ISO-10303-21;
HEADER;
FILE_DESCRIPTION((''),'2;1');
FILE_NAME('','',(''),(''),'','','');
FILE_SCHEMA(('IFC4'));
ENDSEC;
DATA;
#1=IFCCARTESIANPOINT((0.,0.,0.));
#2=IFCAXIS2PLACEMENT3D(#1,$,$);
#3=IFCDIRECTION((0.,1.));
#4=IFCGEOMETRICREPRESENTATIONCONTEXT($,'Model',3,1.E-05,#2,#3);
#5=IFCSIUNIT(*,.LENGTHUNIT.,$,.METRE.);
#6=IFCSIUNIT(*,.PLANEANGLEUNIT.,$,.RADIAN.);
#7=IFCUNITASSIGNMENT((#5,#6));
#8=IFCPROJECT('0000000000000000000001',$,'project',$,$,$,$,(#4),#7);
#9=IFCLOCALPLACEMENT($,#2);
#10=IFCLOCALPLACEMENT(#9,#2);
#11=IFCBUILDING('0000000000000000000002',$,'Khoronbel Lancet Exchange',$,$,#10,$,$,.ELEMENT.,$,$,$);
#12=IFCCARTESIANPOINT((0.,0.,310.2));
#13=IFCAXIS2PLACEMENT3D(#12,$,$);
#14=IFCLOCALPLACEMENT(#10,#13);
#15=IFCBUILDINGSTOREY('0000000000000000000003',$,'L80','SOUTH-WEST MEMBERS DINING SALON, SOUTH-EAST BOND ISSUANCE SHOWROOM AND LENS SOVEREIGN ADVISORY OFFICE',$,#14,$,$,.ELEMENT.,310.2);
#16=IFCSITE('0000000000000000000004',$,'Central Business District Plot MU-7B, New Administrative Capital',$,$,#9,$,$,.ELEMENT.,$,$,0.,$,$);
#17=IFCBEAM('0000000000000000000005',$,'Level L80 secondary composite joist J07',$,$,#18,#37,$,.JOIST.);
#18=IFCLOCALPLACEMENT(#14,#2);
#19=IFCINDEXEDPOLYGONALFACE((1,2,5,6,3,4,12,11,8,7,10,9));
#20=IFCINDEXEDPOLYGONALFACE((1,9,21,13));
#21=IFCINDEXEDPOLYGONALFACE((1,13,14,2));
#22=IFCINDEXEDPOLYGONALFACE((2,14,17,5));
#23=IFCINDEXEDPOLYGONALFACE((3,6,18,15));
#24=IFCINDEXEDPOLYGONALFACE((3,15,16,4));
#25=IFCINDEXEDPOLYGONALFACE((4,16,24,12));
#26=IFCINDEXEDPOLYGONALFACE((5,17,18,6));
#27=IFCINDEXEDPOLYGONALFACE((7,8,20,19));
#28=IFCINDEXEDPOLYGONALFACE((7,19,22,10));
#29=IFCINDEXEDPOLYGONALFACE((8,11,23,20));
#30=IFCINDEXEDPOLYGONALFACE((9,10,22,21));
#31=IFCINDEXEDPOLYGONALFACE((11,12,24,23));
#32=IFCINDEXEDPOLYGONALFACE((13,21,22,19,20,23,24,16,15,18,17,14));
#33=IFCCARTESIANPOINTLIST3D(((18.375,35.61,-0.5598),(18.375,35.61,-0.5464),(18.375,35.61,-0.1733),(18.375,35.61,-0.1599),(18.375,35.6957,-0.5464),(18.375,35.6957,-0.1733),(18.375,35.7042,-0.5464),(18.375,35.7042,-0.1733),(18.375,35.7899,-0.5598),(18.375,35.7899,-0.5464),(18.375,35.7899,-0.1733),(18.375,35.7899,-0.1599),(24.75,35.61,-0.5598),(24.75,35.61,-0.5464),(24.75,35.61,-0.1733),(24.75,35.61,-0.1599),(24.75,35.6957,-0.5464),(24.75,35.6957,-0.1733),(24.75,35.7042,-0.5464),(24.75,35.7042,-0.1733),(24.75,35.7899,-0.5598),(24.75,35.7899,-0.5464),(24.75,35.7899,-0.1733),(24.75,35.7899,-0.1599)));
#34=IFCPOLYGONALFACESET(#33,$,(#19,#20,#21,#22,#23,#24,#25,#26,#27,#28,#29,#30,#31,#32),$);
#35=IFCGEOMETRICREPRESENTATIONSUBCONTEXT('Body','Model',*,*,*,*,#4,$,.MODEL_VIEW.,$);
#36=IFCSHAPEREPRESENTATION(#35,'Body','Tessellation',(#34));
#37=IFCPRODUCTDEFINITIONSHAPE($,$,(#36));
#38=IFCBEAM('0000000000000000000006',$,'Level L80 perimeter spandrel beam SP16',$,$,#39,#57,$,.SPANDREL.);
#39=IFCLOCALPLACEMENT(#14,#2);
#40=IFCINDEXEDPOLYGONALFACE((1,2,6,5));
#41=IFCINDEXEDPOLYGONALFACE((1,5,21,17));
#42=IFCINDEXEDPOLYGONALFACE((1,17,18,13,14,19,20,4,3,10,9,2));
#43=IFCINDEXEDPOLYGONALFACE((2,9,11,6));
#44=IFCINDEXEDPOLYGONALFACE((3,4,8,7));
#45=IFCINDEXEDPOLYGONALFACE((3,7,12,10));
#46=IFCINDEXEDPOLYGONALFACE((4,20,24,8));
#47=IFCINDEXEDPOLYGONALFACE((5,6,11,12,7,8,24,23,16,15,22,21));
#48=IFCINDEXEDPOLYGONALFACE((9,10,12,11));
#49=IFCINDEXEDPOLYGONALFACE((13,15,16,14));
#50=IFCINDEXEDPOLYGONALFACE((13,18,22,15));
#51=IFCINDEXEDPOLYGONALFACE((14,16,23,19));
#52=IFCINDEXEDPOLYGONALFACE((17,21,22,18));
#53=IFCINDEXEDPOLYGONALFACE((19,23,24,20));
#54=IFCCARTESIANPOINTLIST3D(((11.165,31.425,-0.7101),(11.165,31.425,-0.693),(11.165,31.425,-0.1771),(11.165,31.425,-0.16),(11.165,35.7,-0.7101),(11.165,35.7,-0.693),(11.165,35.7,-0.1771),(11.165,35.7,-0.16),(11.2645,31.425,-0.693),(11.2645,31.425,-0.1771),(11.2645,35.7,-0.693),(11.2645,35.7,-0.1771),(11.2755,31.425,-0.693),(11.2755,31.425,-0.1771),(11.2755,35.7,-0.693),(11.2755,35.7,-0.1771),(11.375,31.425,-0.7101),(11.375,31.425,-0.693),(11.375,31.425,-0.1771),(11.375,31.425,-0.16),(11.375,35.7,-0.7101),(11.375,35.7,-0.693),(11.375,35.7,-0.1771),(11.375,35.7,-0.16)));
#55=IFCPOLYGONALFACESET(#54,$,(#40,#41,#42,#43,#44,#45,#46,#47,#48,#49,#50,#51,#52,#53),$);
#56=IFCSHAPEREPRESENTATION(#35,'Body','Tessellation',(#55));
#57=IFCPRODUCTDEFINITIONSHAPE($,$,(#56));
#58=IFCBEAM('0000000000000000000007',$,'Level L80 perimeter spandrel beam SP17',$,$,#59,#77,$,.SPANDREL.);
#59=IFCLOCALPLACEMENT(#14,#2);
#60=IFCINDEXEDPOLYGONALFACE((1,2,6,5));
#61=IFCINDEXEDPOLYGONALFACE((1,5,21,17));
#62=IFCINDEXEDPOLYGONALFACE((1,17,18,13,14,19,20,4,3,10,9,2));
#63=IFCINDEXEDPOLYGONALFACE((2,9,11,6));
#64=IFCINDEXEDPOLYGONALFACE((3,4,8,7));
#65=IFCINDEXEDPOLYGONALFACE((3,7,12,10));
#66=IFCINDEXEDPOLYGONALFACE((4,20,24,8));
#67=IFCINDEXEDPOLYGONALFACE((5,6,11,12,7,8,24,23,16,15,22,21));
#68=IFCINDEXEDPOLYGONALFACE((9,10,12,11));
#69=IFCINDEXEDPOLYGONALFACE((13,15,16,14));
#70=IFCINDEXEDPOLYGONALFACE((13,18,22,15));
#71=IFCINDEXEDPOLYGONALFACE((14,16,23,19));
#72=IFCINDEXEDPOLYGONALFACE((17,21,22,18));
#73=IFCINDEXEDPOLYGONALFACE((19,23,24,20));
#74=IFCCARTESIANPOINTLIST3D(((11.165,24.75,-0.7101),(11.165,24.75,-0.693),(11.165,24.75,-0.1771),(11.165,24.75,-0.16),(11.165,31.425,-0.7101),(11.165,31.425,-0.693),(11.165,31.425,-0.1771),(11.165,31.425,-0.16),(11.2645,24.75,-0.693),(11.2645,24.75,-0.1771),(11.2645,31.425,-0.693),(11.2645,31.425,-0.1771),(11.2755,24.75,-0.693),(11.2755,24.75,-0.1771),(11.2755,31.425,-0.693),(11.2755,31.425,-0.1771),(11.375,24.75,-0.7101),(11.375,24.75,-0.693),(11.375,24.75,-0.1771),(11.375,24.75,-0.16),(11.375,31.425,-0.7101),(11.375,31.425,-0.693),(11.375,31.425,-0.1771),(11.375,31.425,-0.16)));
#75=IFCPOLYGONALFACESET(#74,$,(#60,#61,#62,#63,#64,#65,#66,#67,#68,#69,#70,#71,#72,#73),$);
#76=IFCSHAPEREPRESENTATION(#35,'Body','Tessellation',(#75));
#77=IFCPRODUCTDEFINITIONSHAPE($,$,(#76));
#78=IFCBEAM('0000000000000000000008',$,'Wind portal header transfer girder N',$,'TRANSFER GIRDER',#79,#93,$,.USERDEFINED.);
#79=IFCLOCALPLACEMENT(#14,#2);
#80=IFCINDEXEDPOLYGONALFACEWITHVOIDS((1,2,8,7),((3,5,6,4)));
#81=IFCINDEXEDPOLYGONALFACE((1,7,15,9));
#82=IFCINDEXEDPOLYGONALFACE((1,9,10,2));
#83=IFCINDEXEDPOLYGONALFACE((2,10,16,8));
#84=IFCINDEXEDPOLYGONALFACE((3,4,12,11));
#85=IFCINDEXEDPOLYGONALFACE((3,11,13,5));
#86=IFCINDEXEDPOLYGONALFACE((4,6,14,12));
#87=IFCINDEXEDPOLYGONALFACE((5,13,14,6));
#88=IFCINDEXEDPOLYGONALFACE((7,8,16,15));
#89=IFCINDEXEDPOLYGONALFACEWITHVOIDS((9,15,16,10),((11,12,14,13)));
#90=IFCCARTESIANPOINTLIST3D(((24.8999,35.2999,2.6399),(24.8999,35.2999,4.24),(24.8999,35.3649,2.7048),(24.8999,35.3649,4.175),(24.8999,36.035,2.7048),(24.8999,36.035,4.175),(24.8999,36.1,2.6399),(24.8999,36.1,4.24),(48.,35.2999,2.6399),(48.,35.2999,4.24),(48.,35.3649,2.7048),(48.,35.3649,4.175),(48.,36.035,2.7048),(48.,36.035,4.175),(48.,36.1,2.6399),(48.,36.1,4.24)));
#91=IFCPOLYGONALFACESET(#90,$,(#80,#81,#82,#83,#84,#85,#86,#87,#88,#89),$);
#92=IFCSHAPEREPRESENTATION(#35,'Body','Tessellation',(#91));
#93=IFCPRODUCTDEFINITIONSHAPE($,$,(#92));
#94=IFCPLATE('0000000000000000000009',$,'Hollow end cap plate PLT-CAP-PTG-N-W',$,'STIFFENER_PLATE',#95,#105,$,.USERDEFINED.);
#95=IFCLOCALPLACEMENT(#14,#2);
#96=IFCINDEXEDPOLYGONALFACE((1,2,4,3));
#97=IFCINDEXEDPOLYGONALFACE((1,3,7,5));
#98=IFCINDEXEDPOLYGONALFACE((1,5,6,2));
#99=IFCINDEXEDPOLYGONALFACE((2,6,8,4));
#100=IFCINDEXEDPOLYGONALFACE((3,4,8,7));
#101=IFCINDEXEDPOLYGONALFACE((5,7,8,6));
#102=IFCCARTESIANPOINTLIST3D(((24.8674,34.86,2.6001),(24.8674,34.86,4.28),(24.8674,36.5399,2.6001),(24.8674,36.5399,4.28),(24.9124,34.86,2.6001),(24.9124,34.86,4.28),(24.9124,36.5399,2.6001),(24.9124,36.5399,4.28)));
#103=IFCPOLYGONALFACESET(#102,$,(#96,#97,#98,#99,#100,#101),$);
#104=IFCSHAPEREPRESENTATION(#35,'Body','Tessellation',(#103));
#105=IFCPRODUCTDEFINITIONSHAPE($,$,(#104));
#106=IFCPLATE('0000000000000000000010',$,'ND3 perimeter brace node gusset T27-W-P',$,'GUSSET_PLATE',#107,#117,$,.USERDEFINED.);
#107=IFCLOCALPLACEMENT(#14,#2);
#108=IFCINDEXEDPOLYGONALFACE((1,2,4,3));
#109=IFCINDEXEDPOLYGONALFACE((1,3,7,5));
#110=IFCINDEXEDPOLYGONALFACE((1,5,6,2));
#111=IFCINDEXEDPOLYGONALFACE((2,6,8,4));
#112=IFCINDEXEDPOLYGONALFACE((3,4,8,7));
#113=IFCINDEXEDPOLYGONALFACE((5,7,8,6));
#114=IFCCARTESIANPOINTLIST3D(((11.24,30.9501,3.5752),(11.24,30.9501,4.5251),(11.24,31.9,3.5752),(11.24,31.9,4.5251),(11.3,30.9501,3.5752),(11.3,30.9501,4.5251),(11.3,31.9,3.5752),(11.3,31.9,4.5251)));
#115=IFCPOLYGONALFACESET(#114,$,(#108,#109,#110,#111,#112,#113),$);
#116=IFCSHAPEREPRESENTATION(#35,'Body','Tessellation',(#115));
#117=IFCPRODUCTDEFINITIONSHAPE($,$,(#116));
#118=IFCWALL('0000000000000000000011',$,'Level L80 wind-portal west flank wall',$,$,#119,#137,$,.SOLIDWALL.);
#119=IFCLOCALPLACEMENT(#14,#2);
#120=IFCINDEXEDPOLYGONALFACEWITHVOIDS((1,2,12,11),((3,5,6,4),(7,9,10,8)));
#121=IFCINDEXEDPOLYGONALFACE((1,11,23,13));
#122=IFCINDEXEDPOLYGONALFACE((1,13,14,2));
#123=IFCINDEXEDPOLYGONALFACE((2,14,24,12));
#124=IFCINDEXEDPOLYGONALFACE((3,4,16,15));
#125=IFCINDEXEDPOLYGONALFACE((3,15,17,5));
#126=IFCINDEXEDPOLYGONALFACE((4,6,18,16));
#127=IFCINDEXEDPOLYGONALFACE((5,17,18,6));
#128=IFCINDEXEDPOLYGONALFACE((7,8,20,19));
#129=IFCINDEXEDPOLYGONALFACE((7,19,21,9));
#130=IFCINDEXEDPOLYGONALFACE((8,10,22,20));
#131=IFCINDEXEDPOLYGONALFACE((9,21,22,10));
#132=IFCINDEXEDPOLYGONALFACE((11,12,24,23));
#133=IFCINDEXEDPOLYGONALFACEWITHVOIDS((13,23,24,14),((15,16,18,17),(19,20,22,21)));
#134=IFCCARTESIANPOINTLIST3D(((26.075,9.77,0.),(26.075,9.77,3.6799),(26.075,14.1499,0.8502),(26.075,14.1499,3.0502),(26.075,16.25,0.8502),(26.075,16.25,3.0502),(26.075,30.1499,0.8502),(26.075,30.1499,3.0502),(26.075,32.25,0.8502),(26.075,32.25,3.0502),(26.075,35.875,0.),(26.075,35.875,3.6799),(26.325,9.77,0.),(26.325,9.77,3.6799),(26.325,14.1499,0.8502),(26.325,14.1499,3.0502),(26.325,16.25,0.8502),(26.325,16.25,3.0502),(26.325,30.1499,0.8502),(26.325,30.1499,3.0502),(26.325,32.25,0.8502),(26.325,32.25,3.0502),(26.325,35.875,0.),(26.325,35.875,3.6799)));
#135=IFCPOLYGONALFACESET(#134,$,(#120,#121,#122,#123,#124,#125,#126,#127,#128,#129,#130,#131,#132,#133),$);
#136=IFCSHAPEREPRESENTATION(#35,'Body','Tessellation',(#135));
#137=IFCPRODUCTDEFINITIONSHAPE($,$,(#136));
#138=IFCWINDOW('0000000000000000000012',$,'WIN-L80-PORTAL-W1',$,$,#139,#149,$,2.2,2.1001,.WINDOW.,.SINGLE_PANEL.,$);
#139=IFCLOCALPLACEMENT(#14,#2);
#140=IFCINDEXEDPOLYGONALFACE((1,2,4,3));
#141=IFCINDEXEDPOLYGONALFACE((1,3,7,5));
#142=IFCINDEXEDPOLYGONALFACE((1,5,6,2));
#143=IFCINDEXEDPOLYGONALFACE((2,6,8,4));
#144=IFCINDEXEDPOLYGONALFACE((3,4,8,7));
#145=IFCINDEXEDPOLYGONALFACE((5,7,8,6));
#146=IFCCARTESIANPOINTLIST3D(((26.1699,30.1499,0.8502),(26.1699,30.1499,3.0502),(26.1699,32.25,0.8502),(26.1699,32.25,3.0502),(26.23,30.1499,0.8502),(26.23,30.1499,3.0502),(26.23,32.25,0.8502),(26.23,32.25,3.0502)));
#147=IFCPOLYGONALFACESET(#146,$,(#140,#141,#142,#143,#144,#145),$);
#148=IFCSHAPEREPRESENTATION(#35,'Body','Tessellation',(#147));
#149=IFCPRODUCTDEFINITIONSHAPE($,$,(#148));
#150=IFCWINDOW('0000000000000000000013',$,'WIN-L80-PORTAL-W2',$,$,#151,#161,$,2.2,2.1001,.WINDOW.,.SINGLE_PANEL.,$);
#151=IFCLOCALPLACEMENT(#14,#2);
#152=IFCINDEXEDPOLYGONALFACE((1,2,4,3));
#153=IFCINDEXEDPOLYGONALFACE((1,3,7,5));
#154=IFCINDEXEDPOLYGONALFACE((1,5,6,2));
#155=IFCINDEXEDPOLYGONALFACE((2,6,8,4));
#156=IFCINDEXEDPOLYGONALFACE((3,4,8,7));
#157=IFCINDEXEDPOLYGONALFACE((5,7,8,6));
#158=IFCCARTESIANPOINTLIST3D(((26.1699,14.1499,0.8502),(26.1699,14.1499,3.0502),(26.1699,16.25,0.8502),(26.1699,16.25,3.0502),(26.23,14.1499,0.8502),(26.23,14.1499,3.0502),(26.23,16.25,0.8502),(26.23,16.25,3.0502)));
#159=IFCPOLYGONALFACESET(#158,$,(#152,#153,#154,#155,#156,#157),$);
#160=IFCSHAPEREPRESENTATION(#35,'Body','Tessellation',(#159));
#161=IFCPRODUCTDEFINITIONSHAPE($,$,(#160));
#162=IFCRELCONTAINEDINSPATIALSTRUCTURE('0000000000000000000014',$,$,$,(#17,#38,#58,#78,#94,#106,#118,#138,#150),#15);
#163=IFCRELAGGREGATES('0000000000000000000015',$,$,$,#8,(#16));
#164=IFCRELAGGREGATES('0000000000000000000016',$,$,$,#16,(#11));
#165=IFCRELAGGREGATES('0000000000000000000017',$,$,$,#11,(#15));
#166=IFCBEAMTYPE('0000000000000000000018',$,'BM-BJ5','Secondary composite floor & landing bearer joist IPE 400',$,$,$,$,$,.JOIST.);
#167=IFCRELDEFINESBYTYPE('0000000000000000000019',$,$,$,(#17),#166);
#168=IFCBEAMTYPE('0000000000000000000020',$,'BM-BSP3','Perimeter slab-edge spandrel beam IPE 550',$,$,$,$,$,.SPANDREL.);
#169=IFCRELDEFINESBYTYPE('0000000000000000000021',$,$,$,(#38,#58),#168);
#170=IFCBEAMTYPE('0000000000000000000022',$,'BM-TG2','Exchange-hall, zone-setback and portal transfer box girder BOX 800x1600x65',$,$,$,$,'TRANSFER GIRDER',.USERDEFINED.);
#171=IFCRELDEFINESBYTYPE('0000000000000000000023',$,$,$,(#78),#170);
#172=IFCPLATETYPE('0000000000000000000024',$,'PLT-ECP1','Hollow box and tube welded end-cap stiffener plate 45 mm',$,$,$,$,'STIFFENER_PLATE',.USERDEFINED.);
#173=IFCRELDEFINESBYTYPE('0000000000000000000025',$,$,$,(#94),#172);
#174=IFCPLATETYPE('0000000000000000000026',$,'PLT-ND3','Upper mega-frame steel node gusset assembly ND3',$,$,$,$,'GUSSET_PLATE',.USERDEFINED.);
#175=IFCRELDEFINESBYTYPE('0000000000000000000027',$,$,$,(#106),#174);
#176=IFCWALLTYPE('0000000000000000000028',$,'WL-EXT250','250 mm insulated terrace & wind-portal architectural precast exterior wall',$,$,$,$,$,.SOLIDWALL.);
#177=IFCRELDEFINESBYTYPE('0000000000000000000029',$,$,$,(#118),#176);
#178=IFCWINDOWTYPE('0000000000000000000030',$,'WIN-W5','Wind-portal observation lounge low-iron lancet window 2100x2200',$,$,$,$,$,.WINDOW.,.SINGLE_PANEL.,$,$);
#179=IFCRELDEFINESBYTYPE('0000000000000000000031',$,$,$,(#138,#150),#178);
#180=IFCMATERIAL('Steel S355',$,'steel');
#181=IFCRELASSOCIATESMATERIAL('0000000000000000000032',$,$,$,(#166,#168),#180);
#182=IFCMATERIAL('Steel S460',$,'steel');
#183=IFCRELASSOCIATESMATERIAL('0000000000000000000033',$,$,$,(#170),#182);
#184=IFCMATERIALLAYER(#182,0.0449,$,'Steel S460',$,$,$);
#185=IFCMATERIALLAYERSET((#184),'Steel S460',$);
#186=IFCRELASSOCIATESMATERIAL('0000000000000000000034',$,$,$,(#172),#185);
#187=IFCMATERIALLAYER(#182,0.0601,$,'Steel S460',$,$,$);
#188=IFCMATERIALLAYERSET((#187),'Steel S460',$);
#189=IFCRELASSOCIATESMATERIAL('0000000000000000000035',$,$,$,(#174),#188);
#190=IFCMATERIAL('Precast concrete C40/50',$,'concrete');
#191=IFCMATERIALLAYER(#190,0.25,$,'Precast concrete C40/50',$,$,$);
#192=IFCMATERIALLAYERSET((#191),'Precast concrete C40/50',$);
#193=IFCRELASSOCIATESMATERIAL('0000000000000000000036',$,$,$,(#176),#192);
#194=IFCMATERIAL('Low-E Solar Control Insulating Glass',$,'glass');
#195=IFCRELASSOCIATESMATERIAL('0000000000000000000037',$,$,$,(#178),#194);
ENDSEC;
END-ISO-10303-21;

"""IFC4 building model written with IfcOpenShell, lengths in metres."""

from ifc_helpers import new_model, si_unit, direction, frame, frame_2d, origin, origin_2d, place, context, subcontext, project, spatial, rectangle, hollow_rectangle, i_section, extrude, material, layer, layer_set, material_profile, profile_set, type_object, element, fill, save


model = new_model("IFC4")

# Units and contexts
model_context = context("Model", 3, precision=1e-05, world=origin(), true_north=direction((0.0, 1.0)))
body_context = subcontext(model_context, "Body", "Model", "MODEL_VIEW")
ifc_project = project(units=[si_unit("LENGTHUNIT", "METRE"), si_unit("PLANEANGLEUNIT", "RADIAN")], contexts=[model_context])

# Site, building, storey
site_placement = place(None, origin())
site = spatial("IfcSite", under=ifc_project, at=site_placement, Name="Central Business District Plot MU-7B, New Administrative Capital", CompositionType="ELEMENT", RefElevation=0.0)
building_placement = place(site_placement, origin())
building = spatial("IfcBuilding", under=site, at=building_placement, Name="Khoronbel Lancet Exchange", CompositionType="ELEMENT")
storey_placement = place(building_placement, frame((0.0, 0.0, 310.2)))
storey = spatial("IfcBuildingStorey", under=building, at=storey_placement, Name="L80", Description="SOUTH-WEST MEMBERS DINING SALON, SOUTH-EAST BOND ISSUANCE SHOWROOM AND LENS SOVEREIGN ADVISORY OFFICE", CompositionType="ELEMENT", Elevation=310.2)

# Shared definitions
ifc_material_1 = material(Name="Steel S355", Category="steel")

# Beams
ifc_material_profile_1 = material_profile(ifc_material_1, i_section(OverallWidth=0.1799, OverallDepth=0.3999, WebThickness=0.0085, FlangeThickness=0.0134, at=origin_2d()), Name="IPE 400")
ifc_profile_set_1 = profile_set([ifc_material_profile_1], Name="Steel S355")
beam_type_1 = type_object("IfcBeamType", Name="BM-BJ5", Description="Secondary composite floor & landing bearer joist IPE 400", PredefinedType="JOIST", material=ifc_profile_set_1)
for number, where, z_axis, x_axis, name in (
    (1, (18.375, 35.7, -0.3599), (1.0, 0.0, 0.0), (0.0, 1.0, 0.0), "Level L80 secondary composite joist J07"),
):
    element("IfcBeam", number, at=place(storey_placement, frame(where, z_axis=z_axis, x_axis=x_axis)), inside=storey, type_object=beam_type_1, Name=name, PredefinedType="JOIST", context=body_context, shape_type="SweptSolid", body=[
        extrude(i_section(OverallWidth=0.1799, OverallDepth=0.3999, WebThickness=0.0085, FlangeThickness=0.0134, at=origin_2d()), origin(), (0.0, 0.0, 1.0), 6.375),
    ])
ifc_material_profile_2 = material_profile(ifc_material_1, i_section(OverallWidth=0.21, OverallDepth=0.55, WebThickness=0.011, FlangeThickness=0.0171, at=origin_2d()), Name="IPE 550")
ifc_profile_set_2 = profile_set([ifc_material_profile_2], Name="Steel S355")
beam_type_2 = type_object("IfcBeamType", Name="BM-BSP3", Description="Perimeter slab-edge spandrel beam IPE 550", PredefinedType="SPANDREL", material=ifc_profile_set_2)
beam_1_placement = place(storey_placement, frame((11.27, 35.7, -0.4351), z_axis=(0.0, -1.0, 0.0), x_axis=(1.0, 0.0, 0.0)))
element("IfcBeam", 2, at=beam_1_placement, inside=storey, type_object=beam_type_2, Name="Level L80 perimeter spandrel beam SP16", PredefinedType="SPANDREL", context=body_context, shape_type="SweptSolid", body=[
    extrude(i_section(OverallWidth=0.21, OverallDepth=0.55, WebThickness=0.011, FlangeThickness=0.0171, at=origin_2d()), origin(), (0.0, 0.0, 1.0), 4.2749),
])
beam_2_placement = place(storey_placement, frame((11.27, 31.425, -0.4351), z_axis=(0.0, -1.0, 0.0), x_axis=(1.0, 0.0, 0.0)))
element("IfcBeam", 3, at=beam_2_placement, inside=storey, type_object=beam_type_2, Name="Level L80 perimeter spandrel beam SP17", PredefinedType="SPANDREL", context=body_context, shape_type="SweptSolid", body=[
    extrude(i_section(OverallWidth=0.21, OverallDepth=0.55, WebThickness=0.011, FlangeThickness=0.0171, at=origin_2d()), origin(), (0.0, 0.0, 1.0), 6.675),
])
ifc_material_2 = material(Name="Steel S460", Category="steel")
ifc_material_profile_3 = material_profile(ifc_material_2, hollow_rectangle(XDim=0.8, YDim=1.6001, WallThickness=0.0649, at=origin_2d()), Name="BOX 800x1600x65")
ifc_profile_set_3 = profile_set([ifc_material_profile_3], Name="Steel S460")
beam_type_3 = type_object("IfcBeamType", Name="BM-TG2", Description="Exchange-hall, zone-setback and portal transfer box girder BOX 800x1600x65", ElementType="TRANSFER GIRDER", PredefinedType="USERDEFINED", material=ifc_profile_set_3)
beam_3_placement = place(storey_placement, frame((24.8999, 35.7, 3.4399), z_axis=(1.0, 0.0, 0.0), x_axis=(0.0, 1.0, 0.0)))
element("IfcBeam", 4, at=beam_3_placement, inside=storey, type_object=beam_type_3, Name="Wind portal header transfer girder N", ObjectType="TRANSFER GIRDER", PredefinedType="USERDEFINED", context=body_context, shape_type="SweptSolid", body=[
    extrude(hollow_rectangle(XDim=0.8, YDim=1.6001, WallThickness=0.0649, at=origin_2d()), origin(), (0.0, 0.0, 1.0), 23.1001),
])

# Plates
ifc_layer_1 = layer(ifc_material_2, 0.0449, Name="Steel S460")
ifc_layer_set_1 = layer_set([ifc_layer_1], Name="Steel S460")
plate_type_1 = type_object("IfcPlateType", Name="PLT-ECP1", Description="Hollow box and tube welded end-cap stiffener plate 45 mm", ElementType="STIFFENER_PLATE", PredefinedType="USERDEFINED", material=ifc_layer_set_1)
plate_1_placement = place(storey_placement, frame((24.8899, 35.7, 2.6001), z_axis=(0.0, 0.0, 1.0), x_axis=(-1.0, 0.0, 0.0)))
element("IfcPlate", 5, at=plate_1_placement, inside=storey, type_object=plate_type_1, Name="Hollow end cap plate PLT-CAP-PTG-N-W", ObjectType="STIFFENER_PLATE", PredefinedType="USERDEFINED", context=body_context, shape_type="SweptSolid", body=[
    extrude(rectangle(XDim=0.0449, YDim=1.6799, at=origin_2d()), origin(), (0.0, 0.0, 1.0), 1.6799),
])
ifc_layer_2 = layer(ifc_material_2, 0.0601, Name="Steel S460")
ifc_layer_set_2 = layer_set([ifc_layer_2], Name="Steel S460")
plate_type_2 = type_object("IfcPlateType", Name="PLT-ND3", Description="Upper mega-frame steel node gusset assembly ND3", ElementType="GUSSET_PLATE", PredefinedType="USERDEFINED", material=ifc_layer_set_2)
plate_2_placement = place(storey_placement, frame((11.27, 31.425, 3.5752), z_axis=(0.0, 0.0, 1.0), x_axis=(0.0, 1.0, 0.0)))
element("IfcPlate", 6, at=plate_2_placement, inside=storey, type_object=plate_type_2, Name="ND3 perimeter brace node gusset T27-W-P", ObjectType="GUSSET_PLATE", PredefinedType="USERDEFINED", context=body_context, shape_type="SweptSolid", body=[
    extrude(rectangle(XDim=0.95, YDim=0.0601, at=origin_2d()), origin(), (0.0, 0.0, 1.0), 0.95),
])

# Wall, openings, windows
ifc_material_3 = material(Name="Precast concrete C40/50", Category="concrete")
ifc_layer_3 = layer(ifc_material_3, 0.25, Name="Precast concrete C40/50")
ifc_layer_set_3 = layer_set([ifc_layer_3], Name="Precast concrete C40/50")
wall_type_1 = type_object("IfcWallType", Name="WL-EXT250", Description="250 mm insulated terrace & wind-portal architectural precast exterior wall", PredefinedType="SOLIDWALL", material=ifc_layer_set_3)
wall_1_placement = place(storey_placement, frame((26.2, 35.875, 0.0), z_axis=(0.0, 0.0, 1.0), x_axis=(0.0, -1.0, 0.0)))
wall_1 = element("IfcWall", 7, at=wall_1_placement, inside=storey, type_object=wall_type_1, Name="Level L80 wind-portal west flank wall", PredefinedType="SOLIDWALL", context=body_context, shape_type="SweptSolid", body=[
    extrude(rectangle(XDim=26.105, YDim=0.25, at=frame_2d((13.0525, 0.0))), origin(), (0.0, 0.0, 1.0), 3.6799),
])
opening_1_placement = place(wall_1_placement, frame((3.625, 0.0, 0.8501)))
opening_1 = element("IfcOpeningElement", 8, at=opening_1_placement, cuts=wall_1, PredefinedType="OPENING", context=body_context, shape_type="SweptSolid", body=[
    extrude(rectangle(XDim=2.1001, YDim=2.2, at=frame_2d((1.05, 1.1001))), frame((0.0, 0.135, 0.0), z_axis=(0.0, -1.0, 0.0), x_axis=(1.0, 0.0, 0.0)), (0.0, 0.0, 1.0), 0.27),
])
opening_2_placement = place(wall_1_placement, frame((19.625, 0.0, 0.8501)))
opening_2 = element("IfcOpeningElement", 9, at=opening_2_placement, cuts=wall_1, PredefinedType="OPENING", context=body_context, shape_type="SweptSolid", body=[
    extrude(rectangle(XDim=2.1001, YDim=2.2, at=frame_2d((1.05, 1.1001))), frame((0.0, 0.135, 0.0), z_axis=(0.0, -1.0, 0.0), x_axis=(1.0, 0.0, 0.0)), (0.0, 0.0, 1.0), 0.27),
])
ifc_material_4 = material(Name="Low-E Solar Control Insulating Glass", Category="glass")
window_type = type_object("IfcWindowType", Name="WIN-W5", Description="Wind-portal observation lounge low-iron lancet window 2100x2200", PartitioningType="SINGLE_PANEL", PredefinedType="WINDOW", material=ifc_material_4)
window_1_placement = place(opening_1_placement, origin())
window_1 = element("IfcWindow", 10, at=window_1_placement, inside=storey, type_object=window_type, Name="WIN-L80-PORTAL-W1", OverallHeight=2.2, OverallWidth=2.1001, PartitioningType="SINGLE_PANEL", PredefinedType="WINDOW", context=body_context, shape_type="SweptSolid", body=[
    extrude(rectangle(XDim=2.1001, YDim=2.2, at=frame_2d((1.05, 1.1001))), frame((0.0, 0.03, 0.0), z_axis=(0.0, -1.0, 0.0), x_axis=(1.0, 0.0, 0.0)), (0.0, 0.0, 1.0), 0.0601),
])
fill(opening_1, window_1)
window_2_placement = place(opening_2_placement, origin())
window_2 = element("IfcWindow", 11, at=window_2_placement, inside=storey, type_object=window_type, Name="WIN-L80-PORTAL-W2", OverallHeight=2.2, OverallWidth=2.1001, PartitioningType="SINGLE_PANEL", PredefinedType="WINDOW", context=body_context, shape_type="SweptSolid", body=[
    extrude(rectangle(XDim=2.1001, YDim=2.2, at=frame_2d((1.05, 1.1001))), frame((0.0, 0.03, 0.0), z_axis=(0.0, -1.0, 0.0), x_axis=(1.0, 0.0, 0.0)), (0.0, 0.0, 1.0), 0.0601),
])
fill(opening_2, window_2)

save(model, "model.ifc")
